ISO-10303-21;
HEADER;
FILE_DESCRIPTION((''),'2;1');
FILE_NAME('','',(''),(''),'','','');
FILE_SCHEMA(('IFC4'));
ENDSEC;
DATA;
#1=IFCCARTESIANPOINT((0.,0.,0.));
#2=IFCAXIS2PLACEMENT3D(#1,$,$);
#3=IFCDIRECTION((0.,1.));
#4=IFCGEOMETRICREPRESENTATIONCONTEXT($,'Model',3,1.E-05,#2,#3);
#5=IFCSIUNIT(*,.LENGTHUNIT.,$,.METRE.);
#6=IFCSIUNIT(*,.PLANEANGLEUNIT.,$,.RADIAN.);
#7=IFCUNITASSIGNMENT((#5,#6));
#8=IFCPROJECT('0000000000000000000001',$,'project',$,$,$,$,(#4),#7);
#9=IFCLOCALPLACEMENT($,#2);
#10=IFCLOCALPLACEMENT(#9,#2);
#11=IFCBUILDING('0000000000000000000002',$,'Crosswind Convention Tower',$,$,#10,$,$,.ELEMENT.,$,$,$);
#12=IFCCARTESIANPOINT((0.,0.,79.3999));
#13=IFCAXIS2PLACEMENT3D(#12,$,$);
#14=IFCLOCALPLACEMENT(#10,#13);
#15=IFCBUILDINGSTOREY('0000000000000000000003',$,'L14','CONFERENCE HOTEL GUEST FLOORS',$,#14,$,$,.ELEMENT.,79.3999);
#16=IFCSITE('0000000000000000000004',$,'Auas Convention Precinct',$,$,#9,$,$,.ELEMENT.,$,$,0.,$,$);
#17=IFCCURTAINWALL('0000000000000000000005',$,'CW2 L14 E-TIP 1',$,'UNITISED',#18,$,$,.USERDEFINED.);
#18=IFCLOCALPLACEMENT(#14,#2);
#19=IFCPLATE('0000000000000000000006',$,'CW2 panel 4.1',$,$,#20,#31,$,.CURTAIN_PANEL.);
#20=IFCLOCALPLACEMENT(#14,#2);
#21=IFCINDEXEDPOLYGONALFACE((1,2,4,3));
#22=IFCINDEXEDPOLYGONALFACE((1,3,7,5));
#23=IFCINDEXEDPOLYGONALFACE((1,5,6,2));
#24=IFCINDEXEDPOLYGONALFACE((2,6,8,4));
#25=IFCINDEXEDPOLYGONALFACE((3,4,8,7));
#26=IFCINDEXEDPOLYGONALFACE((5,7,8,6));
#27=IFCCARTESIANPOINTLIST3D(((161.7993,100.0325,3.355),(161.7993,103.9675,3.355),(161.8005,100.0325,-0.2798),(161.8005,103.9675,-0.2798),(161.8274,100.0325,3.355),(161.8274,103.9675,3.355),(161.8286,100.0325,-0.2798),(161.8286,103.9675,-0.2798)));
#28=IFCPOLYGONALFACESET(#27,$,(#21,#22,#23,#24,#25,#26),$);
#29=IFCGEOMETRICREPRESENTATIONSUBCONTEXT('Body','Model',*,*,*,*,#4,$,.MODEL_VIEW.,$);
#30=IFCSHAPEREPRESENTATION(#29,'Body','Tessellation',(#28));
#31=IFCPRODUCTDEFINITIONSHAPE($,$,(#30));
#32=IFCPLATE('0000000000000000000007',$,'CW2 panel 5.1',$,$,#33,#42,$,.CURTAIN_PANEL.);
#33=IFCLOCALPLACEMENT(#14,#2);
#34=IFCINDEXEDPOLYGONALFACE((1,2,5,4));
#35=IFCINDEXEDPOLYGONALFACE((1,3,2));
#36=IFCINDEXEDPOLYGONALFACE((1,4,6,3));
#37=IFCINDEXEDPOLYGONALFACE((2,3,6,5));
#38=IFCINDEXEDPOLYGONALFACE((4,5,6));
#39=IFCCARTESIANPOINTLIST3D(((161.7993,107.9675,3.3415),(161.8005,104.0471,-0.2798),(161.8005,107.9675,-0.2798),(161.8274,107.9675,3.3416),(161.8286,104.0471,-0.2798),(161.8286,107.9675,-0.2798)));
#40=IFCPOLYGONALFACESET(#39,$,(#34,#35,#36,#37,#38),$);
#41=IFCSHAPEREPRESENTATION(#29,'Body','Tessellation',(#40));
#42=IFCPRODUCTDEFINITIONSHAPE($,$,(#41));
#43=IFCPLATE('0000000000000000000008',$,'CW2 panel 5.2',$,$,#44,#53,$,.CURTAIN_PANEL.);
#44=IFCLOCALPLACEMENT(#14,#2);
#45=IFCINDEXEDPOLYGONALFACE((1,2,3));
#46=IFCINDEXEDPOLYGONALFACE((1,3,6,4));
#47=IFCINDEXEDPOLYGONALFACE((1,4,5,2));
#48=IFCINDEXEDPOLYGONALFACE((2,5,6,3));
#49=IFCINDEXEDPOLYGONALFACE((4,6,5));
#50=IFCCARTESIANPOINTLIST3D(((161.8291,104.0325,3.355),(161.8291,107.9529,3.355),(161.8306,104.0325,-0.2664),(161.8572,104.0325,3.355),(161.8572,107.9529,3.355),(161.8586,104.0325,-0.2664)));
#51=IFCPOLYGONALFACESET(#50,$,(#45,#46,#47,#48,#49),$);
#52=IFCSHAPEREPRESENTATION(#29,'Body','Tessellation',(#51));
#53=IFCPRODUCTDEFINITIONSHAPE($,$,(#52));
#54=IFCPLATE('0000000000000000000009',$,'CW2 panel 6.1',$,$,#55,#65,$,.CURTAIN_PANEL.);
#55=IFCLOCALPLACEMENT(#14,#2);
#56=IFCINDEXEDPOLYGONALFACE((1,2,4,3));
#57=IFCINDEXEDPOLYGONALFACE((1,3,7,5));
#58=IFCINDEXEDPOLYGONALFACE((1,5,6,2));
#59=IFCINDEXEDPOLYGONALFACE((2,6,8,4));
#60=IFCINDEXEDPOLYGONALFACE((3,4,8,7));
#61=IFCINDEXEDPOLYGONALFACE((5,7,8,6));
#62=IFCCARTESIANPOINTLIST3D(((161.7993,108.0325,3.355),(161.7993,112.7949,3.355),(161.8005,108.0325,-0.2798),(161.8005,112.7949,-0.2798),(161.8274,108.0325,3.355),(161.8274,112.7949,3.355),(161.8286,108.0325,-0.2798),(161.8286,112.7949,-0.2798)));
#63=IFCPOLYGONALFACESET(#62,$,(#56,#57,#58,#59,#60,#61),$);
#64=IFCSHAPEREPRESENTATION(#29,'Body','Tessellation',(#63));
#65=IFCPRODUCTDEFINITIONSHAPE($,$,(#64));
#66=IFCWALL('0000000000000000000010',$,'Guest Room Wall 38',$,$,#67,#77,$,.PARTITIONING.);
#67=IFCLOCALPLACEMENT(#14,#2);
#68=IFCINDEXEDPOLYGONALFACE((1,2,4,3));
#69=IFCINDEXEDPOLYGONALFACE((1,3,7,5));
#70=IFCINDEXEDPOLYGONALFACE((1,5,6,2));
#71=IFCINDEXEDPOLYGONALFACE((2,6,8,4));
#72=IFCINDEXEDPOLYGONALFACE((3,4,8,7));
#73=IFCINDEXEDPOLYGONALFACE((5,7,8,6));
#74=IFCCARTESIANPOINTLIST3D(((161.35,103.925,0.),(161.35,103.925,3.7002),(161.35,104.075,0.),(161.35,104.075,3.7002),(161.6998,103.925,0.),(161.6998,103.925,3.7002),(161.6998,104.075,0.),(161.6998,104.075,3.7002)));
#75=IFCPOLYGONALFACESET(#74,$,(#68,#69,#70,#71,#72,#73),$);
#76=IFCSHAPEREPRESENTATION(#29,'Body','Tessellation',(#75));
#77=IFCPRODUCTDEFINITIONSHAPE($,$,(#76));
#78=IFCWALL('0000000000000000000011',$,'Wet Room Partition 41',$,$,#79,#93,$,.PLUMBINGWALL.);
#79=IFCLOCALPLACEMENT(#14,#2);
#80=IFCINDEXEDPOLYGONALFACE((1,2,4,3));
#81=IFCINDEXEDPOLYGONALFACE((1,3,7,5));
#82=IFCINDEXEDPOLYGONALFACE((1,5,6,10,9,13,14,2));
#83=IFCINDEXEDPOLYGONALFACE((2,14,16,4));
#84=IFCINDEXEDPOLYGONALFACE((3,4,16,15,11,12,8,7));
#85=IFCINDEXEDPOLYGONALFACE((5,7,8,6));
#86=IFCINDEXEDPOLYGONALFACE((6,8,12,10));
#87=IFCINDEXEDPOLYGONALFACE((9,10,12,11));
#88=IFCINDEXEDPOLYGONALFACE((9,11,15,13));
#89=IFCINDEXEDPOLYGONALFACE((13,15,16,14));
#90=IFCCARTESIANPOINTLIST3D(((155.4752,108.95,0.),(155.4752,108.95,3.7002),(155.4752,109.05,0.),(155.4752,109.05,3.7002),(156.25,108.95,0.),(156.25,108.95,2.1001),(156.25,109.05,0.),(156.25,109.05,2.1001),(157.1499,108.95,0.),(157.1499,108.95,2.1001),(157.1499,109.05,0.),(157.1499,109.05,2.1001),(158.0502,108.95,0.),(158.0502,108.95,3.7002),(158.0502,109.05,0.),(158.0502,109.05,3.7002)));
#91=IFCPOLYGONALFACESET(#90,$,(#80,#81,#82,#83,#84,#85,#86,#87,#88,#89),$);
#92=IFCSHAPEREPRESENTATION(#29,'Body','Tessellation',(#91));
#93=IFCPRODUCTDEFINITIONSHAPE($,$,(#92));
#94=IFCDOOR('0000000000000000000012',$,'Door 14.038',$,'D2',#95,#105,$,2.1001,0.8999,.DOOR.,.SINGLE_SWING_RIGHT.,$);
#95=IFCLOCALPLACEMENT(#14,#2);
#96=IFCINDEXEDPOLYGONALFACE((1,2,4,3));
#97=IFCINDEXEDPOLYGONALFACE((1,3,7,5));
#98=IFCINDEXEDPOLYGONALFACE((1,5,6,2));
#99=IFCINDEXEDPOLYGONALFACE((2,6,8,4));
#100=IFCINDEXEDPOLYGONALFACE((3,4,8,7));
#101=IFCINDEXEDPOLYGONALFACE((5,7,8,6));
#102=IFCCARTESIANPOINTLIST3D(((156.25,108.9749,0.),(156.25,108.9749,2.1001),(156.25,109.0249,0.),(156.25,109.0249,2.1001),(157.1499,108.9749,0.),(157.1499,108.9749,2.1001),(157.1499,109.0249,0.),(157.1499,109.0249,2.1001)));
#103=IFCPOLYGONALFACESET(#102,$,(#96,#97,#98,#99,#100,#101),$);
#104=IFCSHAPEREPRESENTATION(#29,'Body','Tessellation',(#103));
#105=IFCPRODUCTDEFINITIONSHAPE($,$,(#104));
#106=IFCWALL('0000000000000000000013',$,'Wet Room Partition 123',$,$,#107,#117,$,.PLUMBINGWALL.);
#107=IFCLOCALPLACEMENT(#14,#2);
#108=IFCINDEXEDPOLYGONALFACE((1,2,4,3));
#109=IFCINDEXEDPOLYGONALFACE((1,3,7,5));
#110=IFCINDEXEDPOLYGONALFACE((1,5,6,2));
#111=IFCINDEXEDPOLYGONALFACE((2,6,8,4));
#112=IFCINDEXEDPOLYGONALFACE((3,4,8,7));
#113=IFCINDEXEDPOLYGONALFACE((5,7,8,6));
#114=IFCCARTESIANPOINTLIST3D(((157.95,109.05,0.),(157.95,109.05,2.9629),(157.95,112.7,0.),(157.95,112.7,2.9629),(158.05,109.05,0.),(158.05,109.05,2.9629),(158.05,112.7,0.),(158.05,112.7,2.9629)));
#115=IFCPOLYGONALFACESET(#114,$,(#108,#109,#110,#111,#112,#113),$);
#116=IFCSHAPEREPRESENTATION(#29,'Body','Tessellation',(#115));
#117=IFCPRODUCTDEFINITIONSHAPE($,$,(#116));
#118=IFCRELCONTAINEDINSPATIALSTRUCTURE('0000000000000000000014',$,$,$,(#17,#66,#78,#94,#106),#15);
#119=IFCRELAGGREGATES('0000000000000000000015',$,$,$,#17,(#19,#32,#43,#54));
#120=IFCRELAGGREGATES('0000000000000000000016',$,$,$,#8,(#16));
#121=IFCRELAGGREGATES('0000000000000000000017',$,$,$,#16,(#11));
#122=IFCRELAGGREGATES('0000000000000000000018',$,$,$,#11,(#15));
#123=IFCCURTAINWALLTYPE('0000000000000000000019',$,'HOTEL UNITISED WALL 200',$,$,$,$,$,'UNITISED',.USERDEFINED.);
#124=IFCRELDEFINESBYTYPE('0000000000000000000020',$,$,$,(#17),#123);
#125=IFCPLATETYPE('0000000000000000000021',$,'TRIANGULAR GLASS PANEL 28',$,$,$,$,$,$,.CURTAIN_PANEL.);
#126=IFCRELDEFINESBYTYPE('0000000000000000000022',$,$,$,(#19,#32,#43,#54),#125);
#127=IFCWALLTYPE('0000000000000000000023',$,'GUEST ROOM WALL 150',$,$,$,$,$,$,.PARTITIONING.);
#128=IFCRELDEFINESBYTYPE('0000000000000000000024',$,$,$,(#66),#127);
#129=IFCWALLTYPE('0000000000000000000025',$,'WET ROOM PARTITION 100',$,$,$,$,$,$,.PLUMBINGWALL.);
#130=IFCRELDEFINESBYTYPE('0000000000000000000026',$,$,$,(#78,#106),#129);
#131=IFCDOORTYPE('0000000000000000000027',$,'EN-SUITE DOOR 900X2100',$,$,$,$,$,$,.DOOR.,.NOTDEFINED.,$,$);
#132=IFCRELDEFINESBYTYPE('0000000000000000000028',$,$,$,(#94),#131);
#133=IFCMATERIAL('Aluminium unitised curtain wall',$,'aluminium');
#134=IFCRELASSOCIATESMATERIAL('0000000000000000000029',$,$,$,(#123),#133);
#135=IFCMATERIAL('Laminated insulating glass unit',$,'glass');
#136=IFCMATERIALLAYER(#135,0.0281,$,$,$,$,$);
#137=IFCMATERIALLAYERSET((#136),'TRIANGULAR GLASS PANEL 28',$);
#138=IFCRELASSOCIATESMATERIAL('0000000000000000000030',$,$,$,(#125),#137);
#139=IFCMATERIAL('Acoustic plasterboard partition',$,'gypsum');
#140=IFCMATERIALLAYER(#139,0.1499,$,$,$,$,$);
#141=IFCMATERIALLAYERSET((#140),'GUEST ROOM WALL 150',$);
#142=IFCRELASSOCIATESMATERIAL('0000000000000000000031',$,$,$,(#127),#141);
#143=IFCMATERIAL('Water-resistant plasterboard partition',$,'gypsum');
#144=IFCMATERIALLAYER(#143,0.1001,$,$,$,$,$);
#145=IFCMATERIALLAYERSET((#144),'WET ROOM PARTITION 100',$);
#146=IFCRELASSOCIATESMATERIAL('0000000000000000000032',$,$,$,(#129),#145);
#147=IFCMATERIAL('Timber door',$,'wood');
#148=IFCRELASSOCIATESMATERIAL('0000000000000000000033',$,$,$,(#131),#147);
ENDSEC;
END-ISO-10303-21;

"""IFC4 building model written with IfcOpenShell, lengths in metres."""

from ifc_helpers import new_model, si_unit, direction, frame, frame_2d, origin, place, context, subcontext, project, spatial, polyline, rectangle, outline, extrude, material, layer, layer_set, type_object, element, fill, aggregate, save


model = new_model("IFC4")

# Units and contexts
model_context = context("Model", 3, precision=1e-05, world=origin(), true_north=direction((0.0, 1.0)))
body_context = subcontext(model_context, "Body", "Model", "MODEL_VIEW")
ifc_project = project(units=[si_unit("LENGTHUNIT", "METRE"), si_unit("PLANEANGLEUNIT", "RADIAN")], contexts=[model_context])

# Site, building, storey
site_placement = place(None, origin())
site = spatial("IfcSite", under=ifc_project, at=site_placement, Name="Auas Convention Precinct", CompositionType="ELEMENT", RefElevation=0.0)
building_placement = place(site_placement, origin())
building = spatial("IfcBuilding", under=site, at=building_placement, Name="Crosswind Convention Tower", CompositionType="ELEMENT")
storey_placement = place(building_placement, frame((0.0, 0.0, 79.3999)))
storey = spatial("IfcBuildingStorey", under=building, at=storey_placement, Name="L14", Description="CONFERENCE HOTEL GUEST FLOORS", CompositionType="ELEMENT", Elevation=79.3999)

# Shared definitions
ifc_material_1 = material(Name="Aluminium unitised curtain wall", Category="aluminium")

# Curtain wall
curtain_wall_type_1 = type_object("IfcCurtainWallType", Name="HOTEL UNITISED WALL 200", ElementType="UNITISED", PredefinedType="USERDEFINED", material=ifc_material_1)
curtain_wall_1_placement = place(storey_placement, origin())
curtain_wall_1 = element("IfcCurtainWall", 1, at=curtain_wall_1_placement, inside=storey, type_object=curtain_wall_type_1, Name="CW2 L14 E-TIP 1", ObjectType="UNITISED", PredefinedType="USERDEFINED")

# Plates
ifc_material_2 = material(Name="Laminated insulating glass unit", Category="glass")
ifc_layer_1 = layer(ifc_material_2, 0.0281)
ifc_layer_set_1 = layer_set([ifc_layer_1], Name="TRIANGULAR GLASS PANEL 28")
plate_type_1 = type_object("IfcPlateType", Name="TRIANGULAR GLASS PANEL 28", PredefinedType="CURTAIN_PANEL", material=ifc_layer_set_1)
plate_1_placement = place(storey_placement, frame((161.8286, 100.0325, -0.2798), z_axis=(1.0, 0.0, 0.000336), x_axis=(0.0, 1.0, 0.0)))
plate_1 = element("IfcPlate", 2, at=plate_1_placement, type_object=plate_type_1, Name="CW2 panel 4.1", PredefinedType="CURTAIN_PANEL", context=body_context, shape_type="SweptSolid", body=[
    extrude(outline(polyline([(0.0, 0.0), (3.9351, 0.0), (3.9351, 3.6348), (0.0, 3.6348), (0.0, 0.0)])), origin(), (0.0, 0.0, -1.0), 0.0281),
])
plate_2_placement = place(storey_placement, frame((161.8286, 107.9675, -0.2798), z_axis=(1.0, 0.0, 0.000337), x_axis=(-0.000337, 0.0, 1.0)))
plate_2 = element("IfcPlate", 3, at=plate_2_placement, type_object=plate_type_1, Name="CW2 panel 5.1", PredefinedType="CURTAIN_PANEL", context=body_context, shape_type="SweptSolid", body=[
    extrude(outline(polyline([(0.0, 0.0), (3.6213, 0.0), (0.0, 3.9204), (0.0, 0.0)])), origin(), (0.0, 0.0, -1.0), 0.0281),
])
plate_3_placement = place(storey_placement, frame((161.8572, 104.0325, 3.355), z_axis=(1.0, 0.0, 0.000405), x_axis=(0.000405, 0.0, -1.0)))
plate_3 = element("IfcPlate", 4, at=plate_3_placement, type_object=plate_type_1, Name="CW2 panel 5.2", PredefinedType="CURTAIN_PANEL", context=body_context, shape_type="SweptSolid", body=[
    extrude(outline(polyline([(0.0, 0.0), (3.6213, 0.0), (0.0, 3.9204), (0.0, 0.0)])), origin(), (0.0, 0.0, -1.0), 0.0281),
])
plate_4_placement = place(storey_placement, frame((161.8286, 108.0325, -0.2798), z_axis=(1.0, 0.0, 0.000336), x_axis=(0.0, 1.0, 0.0)))
plate_4 = element("IfcPlate", 5, at=plate_4_placement, type_object=plate_type_1, Name="CW2 panel 6.1", PredefinedType="CURTAIN_PANEL", context=body_context, shape_type="SweptSolid", body=[
    extrude(outline(polyline([(0.0, 0.0), (4.7625, 0.0), (4.7625, 3.6348), (0.0, 3.6348), (0.0, 0.0)])), origin(), (0.0, 0.0, -1.0), 0.0281),
])
aggregate(curtain_wall_1, [plate_1, plate_2, plate_3, plate_4])

# Wall
ifc_material_3 = material(Name="Acoustic plasterboard partition", Category="gypsum")
ifc_layer_2 = layer(ifc_material_3, 0.1499)
ifc_layer_set_2 = layer_set([ifc_layer_2], Name="GUEST ROOM WALL 150")
wall_type_1 = type_object("IfcWallType", Name="GUEST ROOM WALL 150", PredefinedType="PARTITIONING", material=ifc_layer_set_2)
wall_1_placement = place(storey_placement, frame((161.3501, 104.0, 0.0), z_axis=(0.0, 0.0, 1.0), x_axis=(1.0, 0.0, 0.0)))
element("IfcWall", 6, at=wall_1_placement, inside=storey, type_object=wall_type_1, Name="Guest Room Wall 38", PredefinedType="PARTITIONING", context=body_context, shape_type="SweptSolid", body=[
    extrude(rectangle(XDim=0.3499, YDim=0.1499, at=frame_2d((0.1748, 0.0))), origin(), (0.0, 0.0, 1.0), 3.7002),
])

# Wall, opening, door
ifc_material_4 = material(Name="Water-resistant plasterboard partition", Category="gypsum")
ifc_layer_3 = layer(ifc_material_4, 0.1001)
ifc_layer_set_3 = layer_set([ifc_layer_3], Name="WET ROOM PARTITION 100")
wall_type_2 = type_object("IfcWallType", Name="WET ROOM PARTITION 100", PredefinedType="PLUMBINGWALL", material=ifc_layer_set_3)
wall_2_placement = place(storey_placement, frame((155.4751, 109.0, 0.0), z_axis=(0.0, 0.0, 1.0), x_axis=(1.0, 0.0, 0.0)))
wall_2 = element("IfcWall", 7, at=wall_2_placement, inside=storey, type_object=wall_type_2, Name="Wet Room Partition 41", PredefinedType="PLUMBINGWALL", context=body_context, shape_type="SweptSolid", body=[
    extrude(rectangle(XDim=2.575, YDim=0.1001, at=frame_2d((1.2876, 0.0))), origin(), (0.0, 0.0, 1.0), 3.7002),
])
opening_placement = place(wall_2_placement, frame((0.7749, 0.0, 0.0)))
opening = element("IfcOpeningElement", 8, at=opening_placement, cuts=wall_2, PredefinedType="OPENING", context=body_context, shape_type="SweptSolid", body=[
    extrude(rectangle(XDim=0.8999, YDim=2.1001, at=frame_2d((0.45, 1.05))), frame((0.0, 0.0601, 0.0), z_axis=(0.0, -1.0, 0.0), x_axis=(1.0, 0.0, 0.0)), (0.0, 0.0, 1.0), 0.1201),
])
ifc_material_5 = material(Name="Timber door", Category="wood")
door_type = type_object("IfcDoorType", Name="EN-SUITE DOOR 900X2100", OperationType="NOTDEFINED", PredefinedType="DOOR", material=ifc_material_5)
door_placement = place(opening_placement, origin())
door = element("IfcDoor", 9, at=door_placement, inside=storey, type_object=door_type, Name="Door 14.038", ObjectType="D2", OperationType="SINGLE_SWING_RIGHT", OverallHeight=2.1001, OverallWidth=0.8999, PredefinedType="DOOR", context=body_context, shape_type="SweptSolid", body=[
    extrude(rectangle(XDim=0.8999, YDim=2.1001, at=frame_2d((0.45, 1.05))), frame((0.0, 0.0249, 0.0), z_axis=(0.0, -1.0, 0.0), x_axis=(1.0, 0.0, 0.0)), (0.0, 0.0, 1.0), 0.05),
])
fill(opening, door)

# Wall
wall_3_placement = place(storey_placement, frame((158.0, 109.05, 0.0), z_axis=(0.0, 0.0, 1.0), x_axis=(0.0, 1.0, 0.0)))
element("IfcWall", 10, at=wall_3_placement, inside=storey, type_object=wall_type_2, Name="Wet Room Partition 123", PredefinedType="PLUMBINGWALL", context=body_context, shape_type="SweptSolid", body=[
    extrude(rectangle(XDim=3.6499, YDim=0.1001, at=frame_2d((1.825, 0.0))), origin(), (0.0, 0.0, 1.0), 2.9629),
])

save(model, "model.ifc")
